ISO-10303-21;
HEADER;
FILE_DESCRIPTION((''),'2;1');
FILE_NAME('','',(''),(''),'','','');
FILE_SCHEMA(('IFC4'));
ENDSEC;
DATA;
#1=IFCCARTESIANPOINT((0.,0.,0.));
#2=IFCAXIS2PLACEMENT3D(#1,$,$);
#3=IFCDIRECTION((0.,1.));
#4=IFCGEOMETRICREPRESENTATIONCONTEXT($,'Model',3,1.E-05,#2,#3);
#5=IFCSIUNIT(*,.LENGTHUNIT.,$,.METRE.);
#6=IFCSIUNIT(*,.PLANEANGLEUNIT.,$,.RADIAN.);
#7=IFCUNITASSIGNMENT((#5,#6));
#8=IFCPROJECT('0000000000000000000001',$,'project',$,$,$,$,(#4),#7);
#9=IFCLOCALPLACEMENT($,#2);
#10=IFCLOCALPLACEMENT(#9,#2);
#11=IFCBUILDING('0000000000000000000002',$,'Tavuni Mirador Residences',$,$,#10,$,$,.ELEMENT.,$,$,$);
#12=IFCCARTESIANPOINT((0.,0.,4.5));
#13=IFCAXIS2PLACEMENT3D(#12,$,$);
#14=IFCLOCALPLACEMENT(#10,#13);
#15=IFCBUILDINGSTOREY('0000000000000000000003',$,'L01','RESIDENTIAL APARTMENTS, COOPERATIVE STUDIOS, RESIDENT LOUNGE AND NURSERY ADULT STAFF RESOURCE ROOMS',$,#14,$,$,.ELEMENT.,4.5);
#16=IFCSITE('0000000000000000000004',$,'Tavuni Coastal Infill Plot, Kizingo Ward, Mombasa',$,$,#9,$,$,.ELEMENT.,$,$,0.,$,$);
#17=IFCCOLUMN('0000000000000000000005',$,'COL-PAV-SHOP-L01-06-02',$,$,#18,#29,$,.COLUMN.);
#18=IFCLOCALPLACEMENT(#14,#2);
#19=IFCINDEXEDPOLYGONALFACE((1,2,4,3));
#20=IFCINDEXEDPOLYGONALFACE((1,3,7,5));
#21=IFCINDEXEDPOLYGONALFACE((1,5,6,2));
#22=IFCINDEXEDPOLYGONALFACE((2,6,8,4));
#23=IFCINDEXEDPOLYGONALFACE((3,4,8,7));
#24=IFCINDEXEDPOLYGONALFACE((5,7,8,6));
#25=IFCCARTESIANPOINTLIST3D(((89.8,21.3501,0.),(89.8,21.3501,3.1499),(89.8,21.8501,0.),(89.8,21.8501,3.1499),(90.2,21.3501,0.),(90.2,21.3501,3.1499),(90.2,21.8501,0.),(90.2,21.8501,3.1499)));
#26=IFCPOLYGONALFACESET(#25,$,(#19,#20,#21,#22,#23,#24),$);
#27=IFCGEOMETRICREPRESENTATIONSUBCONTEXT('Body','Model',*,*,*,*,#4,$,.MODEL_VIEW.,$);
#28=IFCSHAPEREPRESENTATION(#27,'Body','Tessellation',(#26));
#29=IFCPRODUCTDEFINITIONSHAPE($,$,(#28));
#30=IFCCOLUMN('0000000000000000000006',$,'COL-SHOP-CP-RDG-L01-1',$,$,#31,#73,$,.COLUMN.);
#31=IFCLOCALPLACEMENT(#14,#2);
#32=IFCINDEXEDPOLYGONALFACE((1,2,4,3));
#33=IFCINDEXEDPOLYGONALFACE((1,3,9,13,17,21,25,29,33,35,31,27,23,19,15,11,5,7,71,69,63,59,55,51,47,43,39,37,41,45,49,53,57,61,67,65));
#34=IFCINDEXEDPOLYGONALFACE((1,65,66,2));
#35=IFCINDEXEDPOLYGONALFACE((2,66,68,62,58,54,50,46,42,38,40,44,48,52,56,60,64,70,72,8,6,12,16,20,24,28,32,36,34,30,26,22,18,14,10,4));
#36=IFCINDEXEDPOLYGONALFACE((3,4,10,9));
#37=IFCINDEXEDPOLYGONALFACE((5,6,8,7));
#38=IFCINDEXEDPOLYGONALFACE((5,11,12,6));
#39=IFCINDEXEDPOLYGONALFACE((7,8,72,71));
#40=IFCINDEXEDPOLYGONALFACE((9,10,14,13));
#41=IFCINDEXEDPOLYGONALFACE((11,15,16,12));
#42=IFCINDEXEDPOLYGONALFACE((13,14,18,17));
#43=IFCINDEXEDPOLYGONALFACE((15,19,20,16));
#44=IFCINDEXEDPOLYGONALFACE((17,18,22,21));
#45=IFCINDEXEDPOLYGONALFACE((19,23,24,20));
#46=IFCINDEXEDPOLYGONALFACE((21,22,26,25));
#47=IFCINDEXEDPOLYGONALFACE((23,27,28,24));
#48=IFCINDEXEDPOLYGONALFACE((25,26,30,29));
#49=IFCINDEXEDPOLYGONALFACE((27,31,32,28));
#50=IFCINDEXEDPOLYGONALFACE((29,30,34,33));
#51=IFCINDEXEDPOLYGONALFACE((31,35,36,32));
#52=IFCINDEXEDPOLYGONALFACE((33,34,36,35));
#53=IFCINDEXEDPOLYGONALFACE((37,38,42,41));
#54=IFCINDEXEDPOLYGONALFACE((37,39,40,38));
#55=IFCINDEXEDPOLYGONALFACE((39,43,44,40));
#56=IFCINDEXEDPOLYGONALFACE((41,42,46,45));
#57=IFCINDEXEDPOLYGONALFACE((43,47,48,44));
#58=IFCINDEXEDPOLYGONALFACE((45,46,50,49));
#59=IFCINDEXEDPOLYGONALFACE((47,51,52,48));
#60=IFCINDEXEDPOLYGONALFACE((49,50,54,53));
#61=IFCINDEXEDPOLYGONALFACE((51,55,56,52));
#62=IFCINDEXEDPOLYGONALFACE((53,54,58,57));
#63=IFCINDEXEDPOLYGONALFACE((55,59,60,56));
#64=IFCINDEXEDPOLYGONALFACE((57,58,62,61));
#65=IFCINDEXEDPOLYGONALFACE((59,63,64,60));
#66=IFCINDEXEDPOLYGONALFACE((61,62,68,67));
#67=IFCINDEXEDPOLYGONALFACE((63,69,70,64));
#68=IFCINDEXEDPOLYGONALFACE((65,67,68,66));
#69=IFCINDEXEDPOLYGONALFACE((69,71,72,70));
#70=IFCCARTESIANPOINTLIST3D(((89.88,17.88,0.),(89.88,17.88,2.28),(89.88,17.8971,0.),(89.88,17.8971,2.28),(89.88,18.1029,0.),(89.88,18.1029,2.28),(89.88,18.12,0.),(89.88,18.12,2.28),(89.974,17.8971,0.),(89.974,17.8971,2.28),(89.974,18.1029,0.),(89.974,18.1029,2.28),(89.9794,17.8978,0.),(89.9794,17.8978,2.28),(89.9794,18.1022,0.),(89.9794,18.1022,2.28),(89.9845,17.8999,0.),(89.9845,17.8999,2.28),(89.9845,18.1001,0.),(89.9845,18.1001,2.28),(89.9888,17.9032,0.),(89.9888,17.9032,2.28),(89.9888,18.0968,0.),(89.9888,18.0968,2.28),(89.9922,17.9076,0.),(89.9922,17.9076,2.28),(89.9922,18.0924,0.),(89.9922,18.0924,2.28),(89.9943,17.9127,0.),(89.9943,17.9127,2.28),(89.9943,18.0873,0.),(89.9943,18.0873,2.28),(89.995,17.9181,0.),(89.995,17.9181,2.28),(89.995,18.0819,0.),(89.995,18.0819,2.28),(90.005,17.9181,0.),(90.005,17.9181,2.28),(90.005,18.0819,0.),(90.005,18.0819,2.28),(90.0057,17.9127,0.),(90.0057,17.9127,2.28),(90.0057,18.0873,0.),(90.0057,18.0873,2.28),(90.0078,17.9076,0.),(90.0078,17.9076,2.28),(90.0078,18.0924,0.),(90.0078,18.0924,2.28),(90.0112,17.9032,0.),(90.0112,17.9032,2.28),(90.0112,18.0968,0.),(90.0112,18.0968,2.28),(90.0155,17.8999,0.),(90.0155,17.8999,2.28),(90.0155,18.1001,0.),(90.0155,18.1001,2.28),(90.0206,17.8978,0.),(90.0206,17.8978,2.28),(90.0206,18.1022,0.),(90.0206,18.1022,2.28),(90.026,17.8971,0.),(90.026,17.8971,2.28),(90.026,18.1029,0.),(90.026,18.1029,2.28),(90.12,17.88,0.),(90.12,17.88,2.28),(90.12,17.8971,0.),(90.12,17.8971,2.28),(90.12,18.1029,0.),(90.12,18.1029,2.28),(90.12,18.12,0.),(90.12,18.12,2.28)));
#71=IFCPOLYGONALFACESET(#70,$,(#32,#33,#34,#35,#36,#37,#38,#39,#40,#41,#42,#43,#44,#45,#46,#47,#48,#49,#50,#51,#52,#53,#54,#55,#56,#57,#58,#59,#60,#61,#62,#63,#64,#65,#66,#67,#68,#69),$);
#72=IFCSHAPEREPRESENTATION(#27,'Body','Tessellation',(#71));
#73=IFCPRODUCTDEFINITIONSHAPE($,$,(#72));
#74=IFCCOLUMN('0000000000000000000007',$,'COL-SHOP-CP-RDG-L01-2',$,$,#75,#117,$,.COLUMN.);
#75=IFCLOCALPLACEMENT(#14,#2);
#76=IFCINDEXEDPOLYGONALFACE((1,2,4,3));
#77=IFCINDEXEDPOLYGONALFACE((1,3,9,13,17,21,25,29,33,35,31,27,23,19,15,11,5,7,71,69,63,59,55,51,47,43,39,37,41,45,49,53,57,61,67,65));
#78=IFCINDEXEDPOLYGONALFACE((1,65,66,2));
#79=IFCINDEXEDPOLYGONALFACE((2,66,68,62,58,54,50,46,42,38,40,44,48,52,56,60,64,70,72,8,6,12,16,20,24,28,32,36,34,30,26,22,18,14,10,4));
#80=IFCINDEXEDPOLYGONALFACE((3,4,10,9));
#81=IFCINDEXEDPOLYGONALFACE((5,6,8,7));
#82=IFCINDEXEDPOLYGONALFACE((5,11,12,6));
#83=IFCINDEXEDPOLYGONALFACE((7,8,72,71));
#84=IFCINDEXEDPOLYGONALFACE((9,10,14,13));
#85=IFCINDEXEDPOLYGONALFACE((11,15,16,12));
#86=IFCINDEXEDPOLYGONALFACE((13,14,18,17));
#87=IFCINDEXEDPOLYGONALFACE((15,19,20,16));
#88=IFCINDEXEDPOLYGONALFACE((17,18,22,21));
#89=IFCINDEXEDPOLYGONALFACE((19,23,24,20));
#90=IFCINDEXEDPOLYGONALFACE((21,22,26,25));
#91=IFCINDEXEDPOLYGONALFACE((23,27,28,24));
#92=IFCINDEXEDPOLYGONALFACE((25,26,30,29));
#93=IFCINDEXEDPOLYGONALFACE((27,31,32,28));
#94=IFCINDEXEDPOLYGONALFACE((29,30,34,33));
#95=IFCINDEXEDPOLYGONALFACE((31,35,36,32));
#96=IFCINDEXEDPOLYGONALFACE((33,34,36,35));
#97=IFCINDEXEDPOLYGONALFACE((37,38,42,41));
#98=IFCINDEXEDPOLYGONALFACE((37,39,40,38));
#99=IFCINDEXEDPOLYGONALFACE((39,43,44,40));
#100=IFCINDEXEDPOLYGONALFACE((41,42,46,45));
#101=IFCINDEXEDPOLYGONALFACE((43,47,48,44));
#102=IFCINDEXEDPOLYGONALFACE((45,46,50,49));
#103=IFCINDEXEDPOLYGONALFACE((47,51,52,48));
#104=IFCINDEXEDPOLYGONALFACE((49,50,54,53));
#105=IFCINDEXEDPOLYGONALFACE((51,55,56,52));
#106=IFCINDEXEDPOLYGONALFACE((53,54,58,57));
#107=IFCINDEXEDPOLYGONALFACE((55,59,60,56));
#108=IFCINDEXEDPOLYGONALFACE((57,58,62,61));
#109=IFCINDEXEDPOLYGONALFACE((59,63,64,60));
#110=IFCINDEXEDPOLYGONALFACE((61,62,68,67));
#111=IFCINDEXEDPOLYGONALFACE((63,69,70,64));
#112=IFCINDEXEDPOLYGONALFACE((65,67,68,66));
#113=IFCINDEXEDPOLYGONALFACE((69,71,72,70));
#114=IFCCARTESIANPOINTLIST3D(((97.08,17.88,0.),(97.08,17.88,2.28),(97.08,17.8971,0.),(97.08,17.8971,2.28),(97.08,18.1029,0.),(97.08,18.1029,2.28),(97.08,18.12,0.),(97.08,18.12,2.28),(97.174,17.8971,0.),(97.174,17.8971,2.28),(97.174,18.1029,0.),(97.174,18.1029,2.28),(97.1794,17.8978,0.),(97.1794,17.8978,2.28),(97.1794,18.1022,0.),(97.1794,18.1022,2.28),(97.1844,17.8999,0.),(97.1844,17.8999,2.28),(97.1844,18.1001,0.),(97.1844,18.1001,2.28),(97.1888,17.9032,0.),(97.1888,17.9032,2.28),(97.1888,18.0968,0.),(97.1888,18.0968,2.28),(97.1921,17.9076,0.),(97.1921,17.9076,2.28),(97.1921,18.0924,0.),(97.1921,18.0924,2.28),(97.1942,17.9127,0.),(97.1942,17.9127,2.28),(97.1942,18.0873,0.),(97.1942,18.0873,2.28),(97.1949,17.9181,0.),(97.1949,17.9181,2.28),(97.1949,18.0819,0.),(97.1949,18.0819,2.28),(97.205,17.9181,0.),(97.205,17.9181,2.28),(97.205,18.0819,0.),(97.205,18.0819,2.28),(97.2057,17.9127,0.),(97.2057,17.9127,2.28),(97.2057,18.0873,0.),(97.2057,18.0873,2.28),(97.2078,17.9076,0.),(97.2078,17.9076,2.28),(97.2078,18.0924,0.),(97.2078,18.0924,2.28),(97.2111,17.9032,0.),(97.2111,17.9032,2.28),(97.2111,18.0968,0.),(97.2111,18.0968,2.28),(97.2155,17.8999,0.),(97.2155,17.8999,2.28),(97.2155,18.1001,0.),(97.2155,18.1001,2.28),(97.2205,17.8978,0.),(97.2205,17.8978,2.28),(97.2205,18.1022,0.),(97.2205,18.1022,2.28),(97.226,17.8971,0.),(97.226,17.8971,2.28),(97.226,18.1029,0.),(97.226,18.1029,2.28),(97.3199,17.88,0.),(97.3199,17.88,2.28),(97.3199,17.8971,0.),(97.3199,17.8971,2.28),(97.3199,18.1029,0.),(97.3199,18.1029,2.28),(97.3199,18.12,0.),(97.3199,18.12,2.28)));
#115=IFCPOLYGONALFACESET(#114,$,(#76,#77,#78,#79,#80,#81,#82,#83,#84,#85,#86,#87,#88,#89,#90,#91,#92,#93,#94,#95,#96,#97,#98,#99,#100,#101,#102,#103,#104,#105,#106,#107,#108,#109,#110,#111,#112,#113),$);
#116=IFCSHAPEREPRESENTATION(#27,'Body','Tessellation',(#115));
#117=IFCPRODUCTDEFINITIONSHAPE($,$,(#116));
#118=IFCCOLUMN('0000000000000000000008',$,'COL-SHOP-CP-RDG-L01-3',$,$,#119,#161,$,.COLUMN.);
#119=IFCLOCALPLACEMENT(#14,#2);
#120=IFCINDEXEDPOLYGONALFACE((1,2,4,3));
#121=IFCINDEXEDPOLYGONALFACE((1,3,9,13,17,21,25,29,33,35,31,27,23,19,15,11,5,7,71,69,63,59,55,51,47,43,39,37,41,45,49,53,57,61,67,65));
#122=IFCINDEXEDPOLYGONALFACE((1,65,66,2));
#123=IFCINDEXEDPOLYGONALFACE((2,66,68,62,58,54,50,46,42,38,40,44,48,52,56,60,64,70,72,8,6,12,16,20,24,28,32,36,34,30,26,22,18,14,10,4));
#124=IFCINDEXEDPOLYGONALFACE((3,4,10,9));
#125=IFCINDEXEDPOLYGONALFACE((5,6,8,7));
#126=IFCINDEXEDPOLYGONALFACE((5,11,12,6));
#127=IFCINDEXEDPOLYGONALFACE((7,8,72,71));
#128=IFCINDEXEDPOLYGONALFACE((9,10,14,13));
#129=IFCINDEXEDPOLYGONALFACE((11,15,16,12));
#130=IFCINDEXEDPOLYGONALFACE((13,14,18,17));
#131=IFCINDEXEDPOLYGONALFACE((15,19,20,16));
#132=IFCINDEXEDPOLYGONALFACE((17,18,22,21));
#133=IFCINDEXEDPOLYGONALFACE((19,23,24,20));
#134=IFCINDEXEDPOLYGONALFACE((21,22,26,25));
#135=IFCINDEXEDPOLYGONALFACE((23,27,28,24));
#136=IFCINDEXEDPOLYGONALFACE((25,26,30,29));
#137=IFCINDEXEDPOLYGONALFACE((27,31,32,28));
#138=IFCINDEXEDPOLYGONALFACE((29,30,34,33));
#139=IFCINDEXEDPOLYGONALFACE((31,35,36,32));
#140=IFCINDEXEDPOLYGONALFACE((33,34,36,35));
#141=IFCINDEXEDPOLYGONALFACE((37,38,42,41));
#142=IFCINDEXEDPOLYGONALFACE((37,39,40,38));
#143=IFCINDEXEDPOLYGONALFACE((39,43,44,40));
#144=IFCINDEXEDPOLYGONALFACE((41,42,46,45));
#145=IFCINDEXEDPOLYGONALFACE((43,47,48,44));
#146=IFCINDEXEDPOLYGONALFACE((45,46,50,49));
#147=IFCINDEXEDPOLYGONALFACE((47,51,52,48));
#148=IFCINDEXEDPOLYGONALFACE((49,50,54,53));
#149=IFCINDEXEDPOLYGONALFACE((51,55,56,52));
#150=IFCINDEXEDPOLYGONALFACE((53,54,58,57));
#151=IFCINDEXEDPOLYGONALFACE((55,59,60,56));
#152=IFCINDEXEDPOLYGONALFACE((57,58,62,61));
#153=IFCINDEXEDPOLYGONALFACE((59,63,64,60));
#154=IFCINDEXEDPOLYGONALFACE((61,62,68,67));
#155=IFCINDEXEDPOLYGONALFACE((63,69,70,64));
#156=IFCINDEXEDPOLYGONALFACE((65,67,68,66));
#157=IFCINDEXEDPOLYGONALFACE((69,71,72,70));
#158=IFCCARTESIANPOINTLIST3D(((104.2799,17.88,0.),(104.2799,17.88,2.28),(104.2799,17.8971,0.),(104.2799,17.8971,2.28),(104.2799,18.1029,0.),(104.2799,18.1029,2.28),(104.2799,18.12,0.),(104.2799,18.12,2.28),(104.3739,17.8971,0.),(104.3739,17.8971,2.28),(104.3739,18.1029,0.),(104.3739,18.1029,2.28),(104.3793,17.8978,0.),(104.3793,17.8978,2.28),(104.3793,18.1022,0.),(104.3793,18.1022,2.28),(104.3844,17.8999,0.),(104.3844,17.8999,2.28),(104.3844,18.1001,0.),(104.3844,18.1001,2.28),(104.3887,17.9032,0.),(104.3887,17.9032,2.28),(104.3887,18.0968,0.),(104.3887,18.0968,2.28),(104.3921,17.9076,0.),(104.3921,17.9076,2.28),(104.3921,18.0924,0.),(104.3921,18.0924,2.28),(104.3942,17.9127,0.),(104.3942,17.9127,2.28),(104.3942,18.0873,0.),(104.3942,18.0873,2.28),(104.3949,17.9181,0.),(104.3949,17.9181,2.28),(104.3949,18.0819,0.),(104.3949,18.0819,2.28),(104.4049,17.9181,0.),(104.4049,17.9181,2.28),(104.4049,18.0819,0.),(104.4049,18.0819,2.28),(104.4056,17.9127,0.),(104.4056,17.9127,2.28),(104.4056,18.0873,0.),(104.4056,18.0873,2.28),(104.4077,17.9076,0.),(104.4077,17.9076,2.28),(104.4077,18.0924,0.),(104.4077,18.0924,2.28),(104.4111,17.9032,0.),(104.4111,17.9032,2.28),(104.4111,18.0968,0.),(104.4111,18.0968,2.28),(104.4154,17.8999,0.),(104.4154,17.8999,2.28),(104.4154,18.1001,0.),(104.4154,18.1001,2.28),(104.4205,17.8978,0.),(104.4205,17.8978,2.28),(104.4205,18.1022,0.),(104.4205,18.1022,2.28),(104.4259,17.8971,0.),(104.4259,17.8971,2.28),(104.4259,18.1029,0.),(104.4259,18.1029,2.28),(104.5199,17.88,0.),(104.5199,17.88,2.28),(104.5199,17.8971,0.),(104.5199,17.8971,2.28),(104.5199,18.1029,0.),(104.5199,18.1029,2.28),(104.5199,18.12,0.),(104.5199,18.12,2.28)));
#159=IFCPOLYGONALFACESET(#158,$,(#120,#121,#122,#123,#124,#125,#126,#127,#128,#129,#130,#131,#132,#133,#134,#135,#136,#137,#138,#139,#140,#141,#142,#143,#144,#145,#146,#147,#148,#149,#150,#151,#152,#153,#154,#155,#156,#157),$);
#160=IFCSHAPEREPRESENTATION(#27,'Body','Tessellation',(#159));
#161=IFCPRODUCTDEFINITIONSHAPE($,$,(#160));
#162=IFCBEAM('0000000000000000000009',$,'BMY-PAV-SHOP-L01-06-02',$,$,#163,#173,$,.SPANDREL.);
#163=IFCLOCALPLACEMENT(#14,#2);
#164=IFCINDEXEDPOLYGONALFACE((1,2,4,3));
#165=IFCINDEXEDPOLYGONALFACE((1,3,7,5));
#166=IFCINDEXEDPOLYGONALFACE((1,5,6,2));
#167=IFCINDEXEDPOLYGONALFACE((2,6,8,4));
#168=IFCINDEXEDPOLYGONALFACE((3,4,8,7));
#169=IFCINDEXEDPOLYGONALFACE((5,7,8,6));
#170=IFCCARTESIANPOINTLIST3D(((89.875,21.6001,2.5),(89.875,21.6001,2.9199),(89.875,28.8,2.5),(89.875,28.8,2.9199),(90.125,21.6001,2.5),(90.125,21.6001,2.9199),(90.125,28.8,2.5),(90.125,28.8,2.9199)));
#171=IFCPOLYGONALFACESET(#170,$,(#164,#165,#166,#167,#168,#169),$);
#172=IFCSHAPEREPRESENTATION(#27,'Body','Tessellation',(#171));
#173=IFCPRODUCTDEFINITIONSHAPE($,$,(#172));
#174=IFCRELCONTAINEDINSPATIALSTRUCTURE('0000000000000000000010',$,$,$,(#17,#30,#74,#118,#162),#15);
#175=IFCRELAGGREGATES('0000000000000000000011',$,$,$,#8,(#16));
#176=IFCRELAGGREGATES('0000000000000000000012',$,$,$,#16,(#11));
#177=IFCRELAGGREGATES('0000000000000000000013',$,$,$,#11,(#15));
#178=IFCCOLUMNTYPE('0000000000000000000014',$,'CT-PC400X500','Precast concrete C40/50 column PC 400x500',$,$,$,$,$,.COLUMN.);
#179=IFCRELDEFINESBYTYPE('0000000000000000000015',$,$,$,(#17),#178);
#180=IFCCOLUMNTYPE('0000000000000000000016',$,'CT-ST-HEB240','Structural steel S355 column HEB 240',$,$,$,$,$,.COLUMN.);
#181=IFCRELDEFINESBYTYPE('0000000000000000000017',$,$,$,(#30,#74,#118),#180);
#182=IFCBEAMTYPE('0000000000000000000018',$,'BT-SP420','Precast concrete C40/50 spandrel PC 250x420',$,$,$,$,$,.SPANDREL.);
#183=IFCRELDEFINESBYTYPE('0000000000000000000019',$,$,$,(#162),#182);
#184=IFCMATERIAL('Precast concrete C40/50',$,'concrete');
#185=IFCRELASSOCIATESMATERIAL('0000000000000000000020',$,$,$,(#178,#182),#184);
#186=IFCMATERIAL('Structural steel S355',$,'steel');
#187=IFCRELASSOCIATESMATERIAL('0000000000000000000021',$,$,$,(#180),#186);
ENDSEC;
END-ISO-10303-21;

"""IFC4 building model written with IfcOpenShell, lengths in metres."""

from ifc_helpers import new_model, si_unit, direction, frame, origin, origin_2d, place, context, subcontext, project, spatial, rectangle, i_section, extrude, material, material_profile, profile_set, type_object, element, save


model = new_model("IFC4")

# Units and contexts
model_context = context("Model", 3, precision=1e-05, world=origin(), true_north=direction((0.0, 1.0)))
body_context = subcontext(model_context, "Body", "Model", "MODEL_VIEW")
ifc_project = project(units=[si_unit("LENGTHUNIT", "METRE"), si_unit("PLANEANGLEUNIT", "RADIAN")], contexts=[model_context])

# Site, building, storey
site_placement = place(None, origin())
site = spatial("IfcSite", under=ifc_project, at=site_placement, Name="Tavuni Coastal Infill Plot, Kizingo Ward, Mombasa", CompositionType="ELEMENT", RefElevation=0.0)
building_placement = place(site_placement, origin())
building = spatial("IfcBuilding", under=site, at=building_placement, Name="Tavuni Mirador Residences", CompositionType="ELEMENT")
storey_placement = place(building_placement, frame((0.0, 0.0, 4.5)))
storey = spatial("IfcBuildingStorey", under=building, at=storey_placement, Name="L01", Description="RESIDENTIAL APARTMENTS, COOPERATIVE STUDIOS, RESIDENT LOUNGE AND NURSERY ADULT STAFF RESOURCE ROOMS", CompositionType="ELEMENT", Elevation=4.5)

# Columns
ifc_material_1 = material(Name="Precast concrete C40/50", Category="concrete")
ifc_material_profile_1 = material_profile(ifc_material_1, rectangle(XDim=0.3999, YDim=0.5, at=origin_2d()), Name="PC 400x500", Category="concrete")
ifc_profile_set_1 = profile_set([ifc_material_profile_1], Name="Precast concrete C40/50")
column_type_1 = type_object("IfcColumnType", Name="CT-PC400X500", Description="Precast concrete C40/50 column PC 400x500", PredefinedType="COLUMN", material=ifc_profile_set_1)
column_placement = place(storey_placement, frame((90.0, 21.6001, 0.0), z_axis=(0.0, 0.0, 1.0), x_axis=(1.0, 0.0, 0.0)))
element("IfcColumn", 1, at=column_placement, inside=storey, type_object=column_type_1, Name="COL-PAV-SHOP-L01-06-02", PredefinedType="COLUMN", context=body_context, shape_type="SweptSolid", body=[
    extrude(rectangle(XDim=0.3999, YDim=0.5, at=origin_2d()), origin(), (0.0, 0.0, 1.0), 3.1499),
])
ifc_material_2 = material(Name="Structural steel S355", Category="steel")
ifc_material_profile_2 = material_profile(ifc_material_2, i_section(OverallWidth=0.24, OverallDepth=0.24, WebThickness=0.01, FlangeThickness=0.0171, FilletRadius=0.021, at=origin_2d()), Name="HEB 240", Category="steel")
ifc_profile_set_2 = profile_set([ifc_material_profile_2], Name="Structural steel S355")
column_type_2 = type_object("IfcColumnType", Name="CT-ST-HEB240", Description="Structural steel S355 column HEB 240", PredefinedType="COLUMN", material=ifc_profile_set_2)
for number, where, z_axis, x_axis, name in (
    (2, (90.0, 18.0, 0.0), (0.0, 0.0, 1.0), (1.0, 0.0, 0.0), "COL-SHOP-CP-RDG-L01-1"),
    (3, (97.2, 18.0, 0.0), (0.0, 0.0, 1.0), (1.0, 0.0, 0.0), "COL-SHOP-CP-RDG-L01-2"),
    (4, (104.3999, 18.0, 0.0), (0.0, 0.0, 1.0), (1.0, 0.0, 0.0), "COL-SHOP-CP-RDG-L01-3"),
):
    element("IfcColumn", number, at=place(storey_placement, frame(where, z_axis=z_axis, x_axis=x_axis)), inside=storey, type_object=column_type_2, Name=name, PredefinedType="COLUMN", context=body_context, shape_type="SweptSolid", body=[
        extrude(i_section(OverallWidth=0.24, OverallDepth=0.24, WebThickness=0.01, FlangeThickness=0.0171, FilletRadius=0.021, at=origin_2d()), origin(), (0.0, 0.0, 1.0), 2.28),
    ])

# Beam
ifc_material_profile_3 = material_profile(ifc_material_1, rectangle(XDim=0.25, YDim=0.4199, at=origin_2d()), Name="PC 250x420", Category="concrete")
ifc_profile_set_3 = profile_set([ifc_material_profile_3], Name="Precast concrete C40/50")
beam_type_1 = type_object("IfcBeamType", Name="BT-SP420", Description="Precast concrete C40/50 spandrel PC 250x420", PredefinedType="SPANDREL", material=ifc_profile_set_3)
beam_1_placement = place(storey_placement, frame((90.0, 21.6001, 2.71), z_axis=(0.0, 1.0, 0.0), x_axis=(-1.0, 0.0, 0.0)))
element("IfcBeam", 5, at=beam_1_placement, inside=storey, type_object=beam_type_1, Name="BMY-PAV-SHOP-L01-06-02", PredefinedType="SPANDREL", context=body_context, shape_type="SweptSolid", body=[
    extrude(rectangle(XDim=0.25, YDim=0.4199, at=origin_2d()), origin(), (0.0, 0.0, 1.0), 7.2),
])

save(model, "model.ifc")
